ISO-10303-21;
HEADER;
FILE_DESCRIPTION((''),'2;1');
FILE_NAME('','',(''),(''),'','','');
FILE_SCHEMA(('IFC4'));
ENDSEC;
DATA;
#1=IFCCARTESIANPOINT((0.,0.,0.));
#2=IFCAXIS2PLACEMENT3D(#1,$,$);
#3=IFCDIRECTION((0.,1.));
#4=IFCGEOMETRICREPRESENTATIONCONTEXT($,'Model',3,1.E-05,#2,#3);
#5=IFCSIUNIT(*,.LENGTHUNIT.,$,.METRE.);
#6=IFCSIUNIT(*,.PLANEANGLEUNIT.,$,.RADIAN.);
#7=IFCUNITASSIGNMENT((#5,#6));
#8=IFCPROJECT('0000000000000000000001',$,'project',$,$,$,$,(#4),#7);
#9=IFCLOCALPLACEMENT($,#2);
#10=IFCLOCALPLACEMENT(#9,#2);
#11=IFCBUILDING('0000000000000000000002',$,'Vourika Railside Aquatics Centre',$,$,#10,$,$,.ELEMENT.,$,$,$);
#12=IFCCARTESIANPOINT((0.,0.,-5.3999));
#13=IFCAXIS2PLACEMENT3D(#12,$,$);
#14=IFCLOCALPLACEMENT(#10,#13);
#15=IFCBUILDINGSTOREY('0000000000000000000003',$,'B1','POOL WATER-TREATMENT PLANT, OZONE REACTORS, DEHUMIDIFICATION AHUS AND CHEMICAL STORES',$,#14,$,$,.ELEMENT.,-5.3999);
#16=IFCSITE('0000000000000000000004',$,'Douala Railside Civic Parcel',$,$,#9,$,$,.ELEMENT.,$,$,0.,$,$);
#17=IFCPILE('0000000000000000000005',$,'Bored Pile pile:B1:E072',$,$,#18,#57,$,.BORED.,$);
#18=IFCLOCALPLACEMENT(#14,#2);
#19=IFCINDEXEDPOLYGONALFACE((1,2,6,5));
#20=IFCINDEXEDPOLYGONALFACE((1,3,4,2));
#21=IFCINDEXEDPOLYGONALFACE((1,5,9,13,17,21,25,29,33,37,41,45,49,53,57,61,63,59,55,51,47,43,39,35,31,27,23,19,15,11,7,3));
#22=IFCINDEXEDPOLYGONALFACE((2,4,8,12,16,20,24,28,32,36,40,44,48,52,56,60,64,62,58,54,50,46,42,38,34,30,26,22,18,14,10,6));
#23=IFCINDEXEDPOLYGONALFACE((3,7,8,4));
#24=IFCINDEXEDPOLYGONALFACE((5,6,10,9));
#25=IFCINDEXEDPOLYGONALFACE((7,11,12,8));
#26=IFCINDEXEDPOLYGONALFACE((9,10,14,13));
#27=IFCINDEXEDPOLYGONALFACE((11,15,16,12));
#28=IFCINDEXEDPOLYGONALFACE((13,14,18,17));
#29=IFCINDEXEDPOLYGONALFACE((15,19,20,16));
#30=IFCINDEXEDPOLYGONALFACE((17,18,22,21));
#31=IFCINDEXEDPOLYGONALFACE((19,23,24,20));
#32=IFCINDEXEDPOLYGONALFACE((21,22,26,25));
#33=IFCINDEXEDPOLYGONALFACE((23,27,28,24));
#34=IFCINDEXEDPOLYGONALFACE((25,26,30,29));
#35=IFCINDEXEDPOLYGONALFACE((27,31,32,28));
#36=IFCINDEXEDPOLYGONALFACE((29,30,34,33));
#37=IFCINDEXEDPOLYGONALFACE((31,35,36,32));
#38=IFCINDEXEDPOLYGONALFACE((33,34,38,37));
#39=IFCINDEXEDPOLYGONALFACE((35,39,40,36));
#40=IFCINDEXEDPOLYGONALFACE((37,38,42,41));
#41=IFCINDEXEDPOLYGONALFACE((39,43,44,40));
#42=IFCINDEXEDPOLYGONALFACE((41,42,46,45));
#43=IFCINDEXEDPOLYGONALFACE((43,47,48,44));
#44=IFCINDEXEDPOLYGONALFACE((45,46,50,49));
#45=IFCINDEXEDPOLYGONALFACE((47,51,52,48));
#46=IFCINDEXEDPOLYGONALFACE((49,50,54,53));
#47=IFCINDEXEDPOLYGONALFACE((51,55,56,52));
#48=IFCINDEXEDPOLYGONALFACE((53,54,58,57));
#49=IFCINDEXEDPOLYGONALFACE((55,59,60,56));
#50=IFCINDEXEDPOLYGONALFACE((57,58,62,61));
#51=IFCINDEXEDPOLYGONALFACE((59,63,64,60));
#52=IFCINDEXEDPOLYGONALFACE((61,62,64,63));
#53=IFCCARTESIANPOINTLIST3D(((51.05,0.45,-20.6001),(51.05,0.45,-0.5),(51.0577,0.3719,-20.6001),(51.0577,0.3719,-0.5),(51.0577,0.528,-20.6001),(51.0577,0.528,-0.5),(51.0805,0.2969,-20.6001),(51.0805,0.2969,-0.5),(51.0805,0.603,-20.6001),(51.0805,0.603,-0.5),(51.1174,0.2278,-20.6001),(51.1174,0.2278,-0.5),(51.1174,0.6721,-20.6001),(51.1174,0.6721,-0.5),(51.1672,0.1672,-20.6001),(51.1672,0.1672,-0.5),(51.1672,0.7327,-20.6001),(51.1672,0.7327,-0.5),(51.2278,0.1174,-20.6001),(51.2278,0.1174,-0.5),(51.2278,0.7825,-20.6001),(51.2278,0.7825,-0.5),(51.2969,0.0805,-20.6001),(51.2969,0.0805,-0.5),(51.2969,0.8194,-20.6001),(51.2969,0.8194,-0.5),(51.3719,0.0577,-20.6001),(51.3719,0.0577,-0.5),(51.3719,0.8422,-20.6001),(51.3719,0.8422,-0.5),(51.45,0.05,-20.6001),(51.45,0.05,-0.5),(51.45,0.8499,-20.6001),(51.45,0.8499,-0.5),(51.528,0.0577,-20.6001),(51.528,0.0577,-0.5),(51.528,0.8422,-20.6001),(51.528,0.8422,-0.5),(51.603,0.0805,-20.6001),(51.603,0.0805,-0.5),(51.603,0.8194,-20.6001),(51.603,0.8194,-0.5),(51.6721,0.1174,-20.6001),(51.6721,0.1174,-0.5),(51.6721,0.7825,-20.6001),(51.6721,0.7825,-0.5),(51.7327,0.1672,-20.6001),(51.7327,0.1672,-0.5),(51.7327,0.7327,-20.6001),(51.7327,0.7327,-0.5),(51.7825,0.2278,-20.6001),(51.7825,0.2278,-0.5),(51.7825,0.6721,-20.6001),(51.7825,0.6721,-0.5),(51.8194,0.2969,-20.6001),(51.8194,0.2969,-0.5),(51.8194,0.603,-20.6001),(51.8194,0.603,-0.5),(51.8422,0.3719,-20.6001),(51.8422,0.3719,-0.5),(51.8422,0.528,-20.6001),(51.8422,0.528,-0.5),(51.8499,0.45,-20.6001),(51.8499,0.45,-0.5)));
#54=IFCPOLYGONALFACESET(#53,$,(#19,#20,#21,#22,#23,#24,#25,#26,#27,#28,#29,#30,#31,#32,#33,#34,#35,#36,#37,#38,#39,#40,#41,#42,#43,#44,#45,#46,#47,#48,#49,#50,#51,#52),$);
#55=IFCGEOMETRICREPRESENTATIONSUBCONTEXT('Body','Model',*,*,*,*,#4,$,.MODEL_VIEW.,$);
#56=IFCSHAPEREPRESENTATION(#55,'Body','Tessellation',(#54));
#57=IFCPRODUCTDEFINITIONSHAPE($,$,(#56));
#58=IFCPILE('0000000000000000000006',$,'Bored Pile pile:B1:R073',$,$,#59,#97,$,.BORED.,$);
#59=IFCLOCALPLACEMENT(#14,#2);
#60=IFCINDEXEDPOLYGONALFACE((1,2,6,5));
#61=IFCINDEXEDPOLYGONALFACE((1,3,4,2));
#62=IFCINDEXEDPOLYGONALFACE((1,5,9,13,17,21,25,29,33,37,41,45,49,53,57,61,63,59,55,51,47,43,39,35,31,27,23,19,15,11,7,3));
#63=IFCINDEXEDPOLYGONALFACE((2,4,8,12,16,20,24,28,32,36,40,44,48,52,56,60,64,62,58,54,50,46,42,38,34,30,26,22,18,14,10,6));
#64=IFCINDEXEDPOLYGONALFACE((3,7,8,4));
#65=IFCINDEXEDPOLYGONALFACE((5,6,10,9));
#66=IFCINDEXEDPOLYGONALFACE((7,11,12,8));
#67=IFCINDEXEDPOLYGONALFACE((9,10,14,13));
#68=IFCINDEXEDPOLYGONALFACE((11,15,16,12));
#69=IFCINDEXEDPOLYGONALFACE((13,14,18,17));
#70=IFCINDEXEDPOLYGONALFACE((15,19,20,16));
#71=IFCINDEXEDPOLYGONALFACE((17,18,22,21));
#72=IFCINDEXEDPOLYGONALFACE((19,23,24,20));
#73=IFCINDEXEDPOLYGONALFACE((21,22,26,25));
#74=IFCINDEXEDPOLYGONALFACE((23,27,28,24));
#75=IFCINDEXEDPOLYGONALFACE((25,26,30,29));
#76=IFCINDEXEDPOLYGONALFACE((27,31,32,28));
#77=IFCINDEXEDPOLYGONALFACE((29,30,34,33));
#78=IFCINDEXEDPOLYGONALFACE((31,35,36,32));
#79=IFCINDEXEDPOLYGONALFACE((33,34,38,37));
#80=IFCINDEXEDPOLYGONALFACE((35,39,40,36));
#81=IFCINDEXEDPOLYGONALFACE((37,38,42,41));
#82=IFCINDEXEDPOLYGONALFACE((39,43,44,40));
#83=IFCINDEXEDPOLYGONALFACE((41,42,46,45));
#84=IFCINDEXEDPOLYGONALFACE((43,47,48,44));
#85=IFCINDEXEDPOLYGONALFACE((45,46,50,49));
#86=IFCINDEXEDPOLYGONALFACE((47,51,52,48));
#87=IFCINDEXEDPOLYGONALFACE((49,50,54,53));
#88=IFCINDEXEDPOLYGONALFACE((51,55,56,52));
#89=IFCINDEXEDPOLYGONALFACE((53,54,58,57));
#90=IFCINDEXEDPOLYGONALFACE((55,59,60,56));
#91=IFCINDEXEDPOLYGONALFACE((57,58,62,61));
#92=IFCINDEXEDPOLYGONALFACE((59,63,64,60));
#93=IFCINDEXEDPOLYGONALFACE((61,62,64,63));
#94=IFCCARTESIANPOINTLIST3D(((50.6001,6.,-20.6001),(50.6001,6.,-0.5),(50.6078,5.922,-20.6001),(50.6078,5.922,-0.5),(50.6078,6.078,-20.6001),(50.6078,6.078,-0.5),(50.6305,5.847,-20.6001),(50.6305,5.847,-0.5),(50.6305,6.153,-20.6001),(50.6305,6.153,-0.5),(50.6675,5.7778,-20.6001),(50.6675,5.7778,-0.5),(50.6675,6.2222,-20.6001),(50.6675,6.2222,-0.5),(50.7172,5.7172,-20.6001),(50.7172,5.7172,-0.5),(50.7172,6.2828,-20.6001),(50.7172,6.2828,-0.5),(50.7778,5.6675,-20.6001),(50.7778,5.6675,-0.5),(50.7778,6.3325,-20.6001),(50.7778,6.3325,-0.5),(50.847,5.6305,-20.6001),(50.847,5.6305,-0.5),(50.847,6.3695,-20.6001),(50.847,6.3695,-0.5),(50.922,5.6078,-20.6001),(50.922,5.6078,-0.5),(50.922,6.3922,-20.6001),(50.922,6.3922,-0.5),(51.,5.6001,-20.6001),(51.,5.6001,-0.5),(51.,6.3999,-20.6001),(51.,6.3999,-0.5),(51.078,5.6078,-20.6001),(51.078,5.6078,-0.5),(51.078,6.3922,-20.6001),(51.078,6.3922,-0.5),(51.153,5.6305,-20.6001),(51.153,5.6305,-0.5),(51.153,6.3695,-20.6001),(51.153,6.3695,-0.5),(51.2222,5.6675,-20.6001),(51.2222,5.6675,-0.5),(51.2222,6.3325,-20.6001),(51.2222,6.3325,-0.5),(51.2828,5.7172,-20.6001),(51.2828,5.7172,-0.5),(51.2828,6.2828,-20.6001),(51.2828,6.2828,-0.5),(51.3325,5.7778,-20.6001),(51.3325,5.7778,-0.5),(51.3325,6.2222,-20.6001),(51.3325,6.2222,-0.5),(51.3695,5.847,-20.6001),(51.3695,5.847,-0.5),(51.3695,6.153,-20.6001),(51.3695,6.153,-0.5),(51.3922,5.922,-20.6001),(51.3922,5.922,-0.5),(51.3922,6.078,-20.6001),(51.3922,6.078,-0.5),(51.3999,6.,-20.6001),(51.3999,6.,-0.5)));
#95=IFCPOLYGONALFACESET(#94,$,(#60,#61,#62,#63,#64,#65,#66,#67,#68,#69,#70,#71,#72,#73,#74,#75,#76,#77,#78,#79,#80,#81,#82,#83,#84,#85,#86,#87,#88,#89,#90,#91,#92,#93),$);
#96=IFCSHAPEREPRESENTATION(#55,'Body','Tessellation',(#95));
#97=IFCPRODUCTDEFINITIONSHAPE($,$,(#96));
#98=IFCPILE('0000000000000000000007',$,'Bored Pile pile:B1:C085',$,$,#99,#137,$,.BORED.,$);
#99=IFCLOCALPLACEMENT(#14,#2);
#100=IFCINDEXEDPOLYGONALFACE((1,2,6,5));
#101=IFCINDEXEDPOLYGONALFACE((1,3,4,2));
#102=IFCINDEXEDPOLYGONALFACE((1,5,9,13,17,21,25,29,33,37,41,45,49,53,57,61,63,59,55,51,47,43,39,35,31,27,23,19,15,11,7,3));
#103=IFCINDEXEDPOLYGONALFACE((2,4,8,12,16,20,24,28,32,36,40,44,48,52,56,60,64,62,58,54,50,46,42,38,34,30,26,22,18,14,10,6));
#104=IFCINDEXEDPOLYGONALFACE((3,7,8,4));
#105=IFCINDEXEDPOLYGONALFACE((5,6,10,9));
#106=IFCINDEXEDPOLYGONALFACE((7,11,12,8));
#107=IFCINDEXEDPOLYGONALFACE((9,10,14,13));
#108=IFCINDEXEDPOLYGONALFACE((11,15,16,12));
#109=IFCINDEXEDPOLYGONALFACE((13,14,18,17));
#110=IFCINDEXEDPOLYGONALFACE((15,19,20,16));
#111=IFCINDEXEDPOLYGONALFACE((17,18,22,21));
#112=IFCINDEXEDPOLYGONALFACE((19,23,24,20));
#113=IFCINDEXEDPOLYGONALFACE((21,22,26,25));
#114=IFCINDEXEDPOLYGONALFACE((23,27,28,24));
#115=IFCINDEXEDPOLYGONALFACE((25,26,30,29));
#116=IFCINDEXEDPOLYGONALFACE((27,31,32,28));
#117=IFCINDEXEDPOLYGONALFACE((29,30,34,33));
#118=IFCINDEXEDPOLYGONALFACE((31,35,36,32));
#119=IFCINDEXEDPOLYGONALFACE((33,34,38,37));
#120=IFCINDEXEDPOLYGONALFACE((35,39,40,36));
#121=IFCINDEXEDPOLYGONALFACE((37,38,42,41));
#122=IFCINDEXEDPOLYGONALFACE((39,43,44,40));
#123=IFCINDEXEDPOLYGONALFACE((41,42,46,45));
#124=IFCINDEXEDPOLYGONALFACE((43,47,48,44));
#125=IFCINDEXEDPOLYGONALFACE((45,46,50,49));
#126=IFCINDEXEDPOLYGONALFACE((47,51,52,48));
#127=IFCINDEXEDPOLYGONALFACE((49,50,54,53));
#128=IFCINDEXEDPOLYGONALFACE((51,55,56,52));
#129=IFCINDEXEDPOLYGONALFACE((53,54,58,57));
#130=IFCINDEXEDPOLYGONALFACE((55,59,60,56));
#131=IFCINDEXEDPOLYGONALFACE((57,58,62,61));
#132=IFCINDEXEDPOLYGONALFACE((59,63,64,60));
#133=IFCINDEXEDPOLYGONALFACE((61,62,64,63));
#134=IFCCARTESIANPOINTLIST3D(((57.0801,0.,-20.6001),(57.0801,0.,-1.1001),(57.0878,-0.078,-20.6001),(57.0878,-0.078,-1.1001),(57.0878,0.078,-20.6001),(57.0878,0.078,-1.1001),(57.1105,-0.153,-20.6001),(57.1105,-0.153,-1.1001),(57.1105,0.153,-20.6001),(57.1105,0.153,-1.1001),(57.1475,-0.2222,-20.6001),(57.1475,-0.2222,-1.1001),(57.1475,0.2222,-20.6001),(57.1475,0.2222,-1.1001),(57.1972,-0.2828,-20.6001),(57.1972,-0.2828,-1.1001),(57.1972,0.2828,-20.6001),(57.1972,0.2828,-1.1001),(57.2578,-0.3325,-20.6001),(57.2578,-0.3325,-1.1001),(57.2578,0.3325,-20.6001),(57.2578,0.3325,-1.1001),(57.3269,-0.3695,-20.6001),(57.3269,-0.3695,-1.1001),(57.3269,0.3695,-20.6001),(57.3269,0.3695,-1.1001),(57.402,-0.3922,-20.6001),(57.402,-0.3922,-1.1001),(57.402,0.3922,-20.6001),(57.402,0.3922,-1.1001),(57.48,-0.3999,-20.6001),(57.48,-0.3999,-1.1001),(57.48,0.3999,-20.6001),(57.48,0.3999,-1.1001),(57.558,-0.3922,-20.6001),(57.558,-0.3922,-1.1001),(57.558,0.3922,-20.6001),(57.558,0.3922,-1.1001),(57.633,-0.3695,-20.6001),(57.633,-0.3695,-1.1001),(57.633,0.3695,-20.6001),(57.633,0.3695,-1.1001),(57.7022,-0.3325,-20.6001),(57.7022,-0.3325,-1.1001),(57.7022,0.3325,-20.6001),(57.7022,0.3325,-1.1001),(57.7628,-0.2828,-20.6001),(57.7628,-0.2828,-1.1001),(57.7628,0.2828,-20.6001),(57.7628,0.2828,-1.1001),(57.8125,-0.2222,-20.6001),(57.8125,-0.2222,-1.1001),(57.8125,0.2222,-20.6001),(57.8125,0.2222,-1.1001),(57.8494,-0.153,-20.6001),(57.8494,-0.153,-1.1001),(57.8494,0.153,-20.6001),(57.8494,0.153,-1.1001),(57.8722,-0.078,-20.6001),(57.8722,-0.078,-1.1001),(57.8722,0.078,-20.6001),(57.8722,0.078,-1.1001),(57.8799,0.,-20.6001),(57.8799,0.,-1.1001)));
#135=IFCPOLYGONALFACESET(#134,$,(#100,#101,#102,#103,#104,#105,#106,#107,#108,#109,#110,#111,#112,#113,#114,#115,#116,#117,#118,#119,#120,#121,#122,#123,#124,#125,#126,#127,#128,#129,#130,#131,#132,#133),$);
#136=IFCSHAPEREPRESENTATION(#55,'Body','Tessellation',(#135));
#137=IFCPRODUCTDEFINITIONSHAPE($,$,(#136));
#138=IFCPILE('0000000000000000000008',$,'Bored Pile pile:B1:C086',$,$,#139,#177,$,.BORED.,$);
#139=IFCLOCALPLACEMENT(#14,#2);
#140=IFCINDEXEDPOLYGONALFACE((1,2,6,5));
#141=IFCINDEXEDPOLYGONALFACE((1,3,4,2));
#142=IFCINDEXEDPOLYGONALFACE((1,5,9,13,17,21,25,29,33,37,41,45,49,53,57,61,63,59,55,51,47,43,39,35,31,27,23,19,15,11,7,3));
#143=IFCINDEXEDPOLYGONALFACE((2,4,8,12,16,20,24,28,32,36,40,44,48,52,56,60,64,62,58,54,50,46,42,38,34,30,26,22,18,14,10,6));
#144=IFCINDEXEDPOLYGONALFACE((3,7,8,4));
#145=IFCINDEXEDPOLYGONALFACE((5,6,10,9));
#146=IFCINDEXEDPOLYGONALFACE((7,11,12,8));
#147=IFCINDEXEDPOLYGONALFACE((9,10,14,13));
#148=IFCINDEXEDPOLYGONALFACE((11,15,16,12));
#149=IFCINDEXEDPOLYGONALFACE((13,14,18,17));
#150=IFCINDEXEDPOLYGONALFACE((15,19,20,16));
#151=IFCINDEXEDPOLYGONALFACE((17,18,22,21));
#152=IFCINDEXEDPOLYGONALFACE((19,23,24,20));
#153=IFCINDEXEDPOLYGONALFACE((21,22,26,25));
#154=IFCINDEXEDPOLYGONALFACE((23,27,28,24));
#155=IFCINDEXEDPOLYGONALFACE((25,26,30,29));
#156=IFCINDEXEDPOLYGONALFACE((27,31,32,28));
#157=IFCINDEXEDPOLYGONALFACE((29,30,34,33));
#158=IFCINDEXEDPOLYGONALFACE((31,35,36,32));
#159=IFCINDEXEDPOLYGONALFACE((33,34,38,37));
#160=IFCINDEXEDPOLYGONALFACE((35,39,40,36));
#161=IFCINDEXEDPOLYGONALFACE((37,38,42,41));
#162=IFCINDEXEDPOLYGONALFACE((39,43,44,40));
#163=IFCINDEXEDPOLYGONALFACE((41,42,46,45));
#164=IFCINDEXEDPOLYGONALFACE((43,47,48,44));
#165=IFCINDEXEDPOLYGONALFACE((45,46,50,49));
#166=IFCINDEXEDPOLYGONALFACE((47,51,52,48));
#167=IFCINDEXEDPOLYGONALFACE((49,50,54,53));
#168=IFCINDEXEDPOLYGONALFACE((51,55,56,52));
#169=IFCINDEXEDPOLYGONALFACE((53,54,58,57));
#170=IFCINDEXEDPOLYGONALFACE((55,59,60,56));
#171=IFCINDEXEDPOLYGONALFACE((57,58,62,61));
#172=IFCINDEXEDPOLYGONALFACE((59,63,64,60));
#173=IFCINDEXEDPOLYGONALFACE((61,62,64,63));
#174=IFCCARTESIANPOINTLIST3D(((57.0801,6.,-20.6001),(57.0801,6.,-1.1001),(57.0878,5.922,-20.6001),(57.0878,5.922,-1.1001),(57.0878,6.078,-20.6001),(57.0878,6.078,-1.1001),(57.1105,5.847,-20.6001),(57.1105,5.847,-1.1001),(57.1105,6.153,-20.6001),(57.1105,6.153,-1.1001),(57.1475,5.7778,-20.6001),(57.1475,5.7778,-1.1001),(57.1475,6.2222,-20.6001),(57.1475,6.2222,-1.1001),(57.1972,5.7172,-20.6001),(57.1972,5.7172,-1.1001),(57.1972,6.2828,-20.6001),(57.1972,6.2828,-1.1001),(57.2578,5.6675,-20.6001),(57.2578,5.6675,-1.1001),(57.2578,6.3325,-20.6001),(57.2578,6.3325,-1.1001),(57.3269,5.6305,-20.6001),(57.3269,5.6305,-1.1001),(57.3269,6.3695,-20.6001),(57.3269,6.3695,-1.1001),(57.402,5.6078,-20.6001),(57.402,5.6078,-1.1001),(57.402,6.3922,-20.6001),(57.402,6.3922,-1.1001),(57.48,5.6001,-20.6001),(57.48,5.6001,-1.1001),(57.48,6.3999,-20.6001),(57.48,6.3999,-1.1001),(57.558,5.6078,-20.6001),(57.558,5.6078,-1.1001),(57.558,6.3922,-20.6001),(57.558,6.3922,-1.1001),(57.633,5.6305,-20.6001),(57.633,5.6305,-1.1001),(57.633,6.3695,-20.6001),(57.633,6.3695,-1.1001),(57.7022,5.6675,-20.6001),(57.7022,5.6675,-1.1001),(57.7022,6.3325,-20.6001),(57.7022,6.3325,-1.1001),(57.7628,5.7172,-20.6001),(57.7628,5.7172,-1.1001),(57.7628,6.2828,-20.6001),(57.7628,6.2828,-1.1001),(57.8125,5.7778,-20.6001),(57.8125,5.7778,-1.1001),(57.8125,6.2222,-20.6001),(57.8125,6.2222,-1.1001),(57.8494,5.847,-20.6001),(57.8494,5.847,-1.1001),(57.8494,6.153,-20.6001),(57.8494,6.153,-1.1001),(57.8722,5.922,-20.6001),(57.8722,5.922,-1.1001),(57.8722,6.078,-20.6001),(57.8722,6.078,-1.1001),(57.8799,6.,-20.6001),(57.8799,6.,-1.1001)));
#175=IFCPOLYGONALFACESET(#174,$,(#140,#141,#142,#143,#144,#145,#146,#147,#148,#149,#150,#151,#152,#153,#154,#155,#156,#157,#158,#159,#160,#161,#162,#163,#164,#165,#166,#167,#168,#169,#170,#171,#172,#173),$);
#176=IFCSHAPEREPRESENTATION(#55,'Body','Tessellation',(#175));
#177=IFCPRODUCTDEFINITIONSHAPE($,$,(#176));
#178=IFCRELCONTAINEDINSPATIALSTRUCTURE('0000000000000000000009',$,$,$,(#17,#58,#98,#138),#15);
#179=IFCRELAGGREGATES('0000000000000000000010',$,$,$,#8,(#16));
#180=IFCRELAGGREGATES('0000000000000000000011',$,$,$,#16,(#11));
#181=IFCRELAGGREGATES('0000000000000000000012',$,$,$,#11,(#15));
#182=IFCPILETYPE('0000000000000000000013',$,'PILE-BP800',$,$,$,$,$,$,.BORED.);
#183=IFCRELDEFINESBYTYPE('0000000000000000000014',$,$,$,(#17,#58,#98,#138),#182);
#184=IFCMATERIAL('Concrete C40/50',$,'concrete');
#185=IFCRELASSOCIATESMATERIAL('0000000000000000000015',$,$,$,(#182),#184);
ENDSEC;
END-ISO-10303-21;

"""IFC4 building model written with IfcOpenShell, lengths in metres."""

from ifc_helpers import new_model, si_unit, direction, frame, origin, origin_2d, place, context, subcontext, project, spatial, circle, extrude, material, material_profile, profile_set, type_object, element, save


model = new_model("IFC4")

# Units and contexts
model_context = context("Model", 3, precision=1e-05, world=origin(), true_north=direction((0.0, 1.0)))
body_context = subcontext(model_context, "Body", "Model", "MODEL_VIEW")
ifc_project = project(units=[si_unit("LENGTHUNIT", "METRE"), si_unit("PLANEANGLEUNIT", "RADIAN")], contexts=[model_context])

# Site, building, storey
site_placement = place(None, origin())
site = spatial("IfcSite", under=ifc_project, at=site_placement, Name="Douala Railside Civic Parcel", CompositionType="ELEMENT", RefElevation=0.0)
building_placement = place(site_placement, origin())
building = spatial("IfcBuilding", under=site, at=building_placement, Name="Vourika Railside Aquatics Centre", CompositionType="ELEMENT")
storey_placement = place(building_placement, frame((0.0, 0.0, -5.3999)))
storey = spatial("IfcBuildingStorey", under=building, at=storey_placement, Name="B1", Description="POOL WATER-TREATMENT PLANT, OZONE REACTORS, DEHUMIDIFICATION AHUS AND CHEMICAL STORES", CompositionType="ELEMENT", Elevation=-5.3999)

# Shared definitions
ifc_material_1 = material(Name="Concrete C40/50", Category="concrete")

# Piles
ifc_material_profile_1 = material_profile(ifc_material_1, circle(Radius=0.3999, at=origin_2d()), Name="BP 800")
ifc_profile_set_1 = profile_set([ifc_material_profile_1], Name="Concrete C40/50")
pile_type_1 = type_object("IfcPileType", Name="PILE-BP800", PredefinedType="BORED", material=ifc_profile_set_1)
for number, where, z_axis, x_axis, name in (
    (1, (51.45, 0.45, -0.5), (0.0, 0.0, -1.0), (1.0, 0.0, 0.0), "Bored Pile pile:B1:E072"),
    (2, (51.0, 6.0, -0.5), (0.0, 0.0, -1.0), (1.0, 0.0, 0.0), "Bored Pile pile:B1:R073"),
):
    element("IfcPile", number, at=place(storey_placement, frame(where, z_axis=z_axis, x_axis=x_axis)), inside=storey, type_object=pile_type_1, Name=name, PredefinedType="BORED", context=body_context, shape_type="SweptSolid", body=[
        extrude(circle(Radius=0.3999, at=origin_2d()), origin(), (0.0, 0.0, 1.0), 20.1001),
    ])
for number, where, z_axis, x_axis, name in (
    (3, (57.48, 0.0, -1.1001), (0.0, 0.0, -1.0), (1.0, 0.0, 0.0), "Bored Pile pile:B1:C085"),
    (4, (57.48, 6.0, -1.1001), (0.0, 0.0, -1.0), (1.0, 0.0, 0.0), "Bored Pile pile:B1:C086"),
):
    element("IfcPile", number, at=place(storey_placement, frame(where, z_axis=z_axis, x_axis=x_axis)), inside=storey, type_object=pile_type_1, Name=name, PredefinedType="BORED", context=body_context, shape_type="SweptSolid", body=[
        extrude(circle(Radius=0.3999, at=origin_2d()), origin(), (0.0, 0.0, 1.0), 19.5),
    ])

save(model, "model.ifc")
